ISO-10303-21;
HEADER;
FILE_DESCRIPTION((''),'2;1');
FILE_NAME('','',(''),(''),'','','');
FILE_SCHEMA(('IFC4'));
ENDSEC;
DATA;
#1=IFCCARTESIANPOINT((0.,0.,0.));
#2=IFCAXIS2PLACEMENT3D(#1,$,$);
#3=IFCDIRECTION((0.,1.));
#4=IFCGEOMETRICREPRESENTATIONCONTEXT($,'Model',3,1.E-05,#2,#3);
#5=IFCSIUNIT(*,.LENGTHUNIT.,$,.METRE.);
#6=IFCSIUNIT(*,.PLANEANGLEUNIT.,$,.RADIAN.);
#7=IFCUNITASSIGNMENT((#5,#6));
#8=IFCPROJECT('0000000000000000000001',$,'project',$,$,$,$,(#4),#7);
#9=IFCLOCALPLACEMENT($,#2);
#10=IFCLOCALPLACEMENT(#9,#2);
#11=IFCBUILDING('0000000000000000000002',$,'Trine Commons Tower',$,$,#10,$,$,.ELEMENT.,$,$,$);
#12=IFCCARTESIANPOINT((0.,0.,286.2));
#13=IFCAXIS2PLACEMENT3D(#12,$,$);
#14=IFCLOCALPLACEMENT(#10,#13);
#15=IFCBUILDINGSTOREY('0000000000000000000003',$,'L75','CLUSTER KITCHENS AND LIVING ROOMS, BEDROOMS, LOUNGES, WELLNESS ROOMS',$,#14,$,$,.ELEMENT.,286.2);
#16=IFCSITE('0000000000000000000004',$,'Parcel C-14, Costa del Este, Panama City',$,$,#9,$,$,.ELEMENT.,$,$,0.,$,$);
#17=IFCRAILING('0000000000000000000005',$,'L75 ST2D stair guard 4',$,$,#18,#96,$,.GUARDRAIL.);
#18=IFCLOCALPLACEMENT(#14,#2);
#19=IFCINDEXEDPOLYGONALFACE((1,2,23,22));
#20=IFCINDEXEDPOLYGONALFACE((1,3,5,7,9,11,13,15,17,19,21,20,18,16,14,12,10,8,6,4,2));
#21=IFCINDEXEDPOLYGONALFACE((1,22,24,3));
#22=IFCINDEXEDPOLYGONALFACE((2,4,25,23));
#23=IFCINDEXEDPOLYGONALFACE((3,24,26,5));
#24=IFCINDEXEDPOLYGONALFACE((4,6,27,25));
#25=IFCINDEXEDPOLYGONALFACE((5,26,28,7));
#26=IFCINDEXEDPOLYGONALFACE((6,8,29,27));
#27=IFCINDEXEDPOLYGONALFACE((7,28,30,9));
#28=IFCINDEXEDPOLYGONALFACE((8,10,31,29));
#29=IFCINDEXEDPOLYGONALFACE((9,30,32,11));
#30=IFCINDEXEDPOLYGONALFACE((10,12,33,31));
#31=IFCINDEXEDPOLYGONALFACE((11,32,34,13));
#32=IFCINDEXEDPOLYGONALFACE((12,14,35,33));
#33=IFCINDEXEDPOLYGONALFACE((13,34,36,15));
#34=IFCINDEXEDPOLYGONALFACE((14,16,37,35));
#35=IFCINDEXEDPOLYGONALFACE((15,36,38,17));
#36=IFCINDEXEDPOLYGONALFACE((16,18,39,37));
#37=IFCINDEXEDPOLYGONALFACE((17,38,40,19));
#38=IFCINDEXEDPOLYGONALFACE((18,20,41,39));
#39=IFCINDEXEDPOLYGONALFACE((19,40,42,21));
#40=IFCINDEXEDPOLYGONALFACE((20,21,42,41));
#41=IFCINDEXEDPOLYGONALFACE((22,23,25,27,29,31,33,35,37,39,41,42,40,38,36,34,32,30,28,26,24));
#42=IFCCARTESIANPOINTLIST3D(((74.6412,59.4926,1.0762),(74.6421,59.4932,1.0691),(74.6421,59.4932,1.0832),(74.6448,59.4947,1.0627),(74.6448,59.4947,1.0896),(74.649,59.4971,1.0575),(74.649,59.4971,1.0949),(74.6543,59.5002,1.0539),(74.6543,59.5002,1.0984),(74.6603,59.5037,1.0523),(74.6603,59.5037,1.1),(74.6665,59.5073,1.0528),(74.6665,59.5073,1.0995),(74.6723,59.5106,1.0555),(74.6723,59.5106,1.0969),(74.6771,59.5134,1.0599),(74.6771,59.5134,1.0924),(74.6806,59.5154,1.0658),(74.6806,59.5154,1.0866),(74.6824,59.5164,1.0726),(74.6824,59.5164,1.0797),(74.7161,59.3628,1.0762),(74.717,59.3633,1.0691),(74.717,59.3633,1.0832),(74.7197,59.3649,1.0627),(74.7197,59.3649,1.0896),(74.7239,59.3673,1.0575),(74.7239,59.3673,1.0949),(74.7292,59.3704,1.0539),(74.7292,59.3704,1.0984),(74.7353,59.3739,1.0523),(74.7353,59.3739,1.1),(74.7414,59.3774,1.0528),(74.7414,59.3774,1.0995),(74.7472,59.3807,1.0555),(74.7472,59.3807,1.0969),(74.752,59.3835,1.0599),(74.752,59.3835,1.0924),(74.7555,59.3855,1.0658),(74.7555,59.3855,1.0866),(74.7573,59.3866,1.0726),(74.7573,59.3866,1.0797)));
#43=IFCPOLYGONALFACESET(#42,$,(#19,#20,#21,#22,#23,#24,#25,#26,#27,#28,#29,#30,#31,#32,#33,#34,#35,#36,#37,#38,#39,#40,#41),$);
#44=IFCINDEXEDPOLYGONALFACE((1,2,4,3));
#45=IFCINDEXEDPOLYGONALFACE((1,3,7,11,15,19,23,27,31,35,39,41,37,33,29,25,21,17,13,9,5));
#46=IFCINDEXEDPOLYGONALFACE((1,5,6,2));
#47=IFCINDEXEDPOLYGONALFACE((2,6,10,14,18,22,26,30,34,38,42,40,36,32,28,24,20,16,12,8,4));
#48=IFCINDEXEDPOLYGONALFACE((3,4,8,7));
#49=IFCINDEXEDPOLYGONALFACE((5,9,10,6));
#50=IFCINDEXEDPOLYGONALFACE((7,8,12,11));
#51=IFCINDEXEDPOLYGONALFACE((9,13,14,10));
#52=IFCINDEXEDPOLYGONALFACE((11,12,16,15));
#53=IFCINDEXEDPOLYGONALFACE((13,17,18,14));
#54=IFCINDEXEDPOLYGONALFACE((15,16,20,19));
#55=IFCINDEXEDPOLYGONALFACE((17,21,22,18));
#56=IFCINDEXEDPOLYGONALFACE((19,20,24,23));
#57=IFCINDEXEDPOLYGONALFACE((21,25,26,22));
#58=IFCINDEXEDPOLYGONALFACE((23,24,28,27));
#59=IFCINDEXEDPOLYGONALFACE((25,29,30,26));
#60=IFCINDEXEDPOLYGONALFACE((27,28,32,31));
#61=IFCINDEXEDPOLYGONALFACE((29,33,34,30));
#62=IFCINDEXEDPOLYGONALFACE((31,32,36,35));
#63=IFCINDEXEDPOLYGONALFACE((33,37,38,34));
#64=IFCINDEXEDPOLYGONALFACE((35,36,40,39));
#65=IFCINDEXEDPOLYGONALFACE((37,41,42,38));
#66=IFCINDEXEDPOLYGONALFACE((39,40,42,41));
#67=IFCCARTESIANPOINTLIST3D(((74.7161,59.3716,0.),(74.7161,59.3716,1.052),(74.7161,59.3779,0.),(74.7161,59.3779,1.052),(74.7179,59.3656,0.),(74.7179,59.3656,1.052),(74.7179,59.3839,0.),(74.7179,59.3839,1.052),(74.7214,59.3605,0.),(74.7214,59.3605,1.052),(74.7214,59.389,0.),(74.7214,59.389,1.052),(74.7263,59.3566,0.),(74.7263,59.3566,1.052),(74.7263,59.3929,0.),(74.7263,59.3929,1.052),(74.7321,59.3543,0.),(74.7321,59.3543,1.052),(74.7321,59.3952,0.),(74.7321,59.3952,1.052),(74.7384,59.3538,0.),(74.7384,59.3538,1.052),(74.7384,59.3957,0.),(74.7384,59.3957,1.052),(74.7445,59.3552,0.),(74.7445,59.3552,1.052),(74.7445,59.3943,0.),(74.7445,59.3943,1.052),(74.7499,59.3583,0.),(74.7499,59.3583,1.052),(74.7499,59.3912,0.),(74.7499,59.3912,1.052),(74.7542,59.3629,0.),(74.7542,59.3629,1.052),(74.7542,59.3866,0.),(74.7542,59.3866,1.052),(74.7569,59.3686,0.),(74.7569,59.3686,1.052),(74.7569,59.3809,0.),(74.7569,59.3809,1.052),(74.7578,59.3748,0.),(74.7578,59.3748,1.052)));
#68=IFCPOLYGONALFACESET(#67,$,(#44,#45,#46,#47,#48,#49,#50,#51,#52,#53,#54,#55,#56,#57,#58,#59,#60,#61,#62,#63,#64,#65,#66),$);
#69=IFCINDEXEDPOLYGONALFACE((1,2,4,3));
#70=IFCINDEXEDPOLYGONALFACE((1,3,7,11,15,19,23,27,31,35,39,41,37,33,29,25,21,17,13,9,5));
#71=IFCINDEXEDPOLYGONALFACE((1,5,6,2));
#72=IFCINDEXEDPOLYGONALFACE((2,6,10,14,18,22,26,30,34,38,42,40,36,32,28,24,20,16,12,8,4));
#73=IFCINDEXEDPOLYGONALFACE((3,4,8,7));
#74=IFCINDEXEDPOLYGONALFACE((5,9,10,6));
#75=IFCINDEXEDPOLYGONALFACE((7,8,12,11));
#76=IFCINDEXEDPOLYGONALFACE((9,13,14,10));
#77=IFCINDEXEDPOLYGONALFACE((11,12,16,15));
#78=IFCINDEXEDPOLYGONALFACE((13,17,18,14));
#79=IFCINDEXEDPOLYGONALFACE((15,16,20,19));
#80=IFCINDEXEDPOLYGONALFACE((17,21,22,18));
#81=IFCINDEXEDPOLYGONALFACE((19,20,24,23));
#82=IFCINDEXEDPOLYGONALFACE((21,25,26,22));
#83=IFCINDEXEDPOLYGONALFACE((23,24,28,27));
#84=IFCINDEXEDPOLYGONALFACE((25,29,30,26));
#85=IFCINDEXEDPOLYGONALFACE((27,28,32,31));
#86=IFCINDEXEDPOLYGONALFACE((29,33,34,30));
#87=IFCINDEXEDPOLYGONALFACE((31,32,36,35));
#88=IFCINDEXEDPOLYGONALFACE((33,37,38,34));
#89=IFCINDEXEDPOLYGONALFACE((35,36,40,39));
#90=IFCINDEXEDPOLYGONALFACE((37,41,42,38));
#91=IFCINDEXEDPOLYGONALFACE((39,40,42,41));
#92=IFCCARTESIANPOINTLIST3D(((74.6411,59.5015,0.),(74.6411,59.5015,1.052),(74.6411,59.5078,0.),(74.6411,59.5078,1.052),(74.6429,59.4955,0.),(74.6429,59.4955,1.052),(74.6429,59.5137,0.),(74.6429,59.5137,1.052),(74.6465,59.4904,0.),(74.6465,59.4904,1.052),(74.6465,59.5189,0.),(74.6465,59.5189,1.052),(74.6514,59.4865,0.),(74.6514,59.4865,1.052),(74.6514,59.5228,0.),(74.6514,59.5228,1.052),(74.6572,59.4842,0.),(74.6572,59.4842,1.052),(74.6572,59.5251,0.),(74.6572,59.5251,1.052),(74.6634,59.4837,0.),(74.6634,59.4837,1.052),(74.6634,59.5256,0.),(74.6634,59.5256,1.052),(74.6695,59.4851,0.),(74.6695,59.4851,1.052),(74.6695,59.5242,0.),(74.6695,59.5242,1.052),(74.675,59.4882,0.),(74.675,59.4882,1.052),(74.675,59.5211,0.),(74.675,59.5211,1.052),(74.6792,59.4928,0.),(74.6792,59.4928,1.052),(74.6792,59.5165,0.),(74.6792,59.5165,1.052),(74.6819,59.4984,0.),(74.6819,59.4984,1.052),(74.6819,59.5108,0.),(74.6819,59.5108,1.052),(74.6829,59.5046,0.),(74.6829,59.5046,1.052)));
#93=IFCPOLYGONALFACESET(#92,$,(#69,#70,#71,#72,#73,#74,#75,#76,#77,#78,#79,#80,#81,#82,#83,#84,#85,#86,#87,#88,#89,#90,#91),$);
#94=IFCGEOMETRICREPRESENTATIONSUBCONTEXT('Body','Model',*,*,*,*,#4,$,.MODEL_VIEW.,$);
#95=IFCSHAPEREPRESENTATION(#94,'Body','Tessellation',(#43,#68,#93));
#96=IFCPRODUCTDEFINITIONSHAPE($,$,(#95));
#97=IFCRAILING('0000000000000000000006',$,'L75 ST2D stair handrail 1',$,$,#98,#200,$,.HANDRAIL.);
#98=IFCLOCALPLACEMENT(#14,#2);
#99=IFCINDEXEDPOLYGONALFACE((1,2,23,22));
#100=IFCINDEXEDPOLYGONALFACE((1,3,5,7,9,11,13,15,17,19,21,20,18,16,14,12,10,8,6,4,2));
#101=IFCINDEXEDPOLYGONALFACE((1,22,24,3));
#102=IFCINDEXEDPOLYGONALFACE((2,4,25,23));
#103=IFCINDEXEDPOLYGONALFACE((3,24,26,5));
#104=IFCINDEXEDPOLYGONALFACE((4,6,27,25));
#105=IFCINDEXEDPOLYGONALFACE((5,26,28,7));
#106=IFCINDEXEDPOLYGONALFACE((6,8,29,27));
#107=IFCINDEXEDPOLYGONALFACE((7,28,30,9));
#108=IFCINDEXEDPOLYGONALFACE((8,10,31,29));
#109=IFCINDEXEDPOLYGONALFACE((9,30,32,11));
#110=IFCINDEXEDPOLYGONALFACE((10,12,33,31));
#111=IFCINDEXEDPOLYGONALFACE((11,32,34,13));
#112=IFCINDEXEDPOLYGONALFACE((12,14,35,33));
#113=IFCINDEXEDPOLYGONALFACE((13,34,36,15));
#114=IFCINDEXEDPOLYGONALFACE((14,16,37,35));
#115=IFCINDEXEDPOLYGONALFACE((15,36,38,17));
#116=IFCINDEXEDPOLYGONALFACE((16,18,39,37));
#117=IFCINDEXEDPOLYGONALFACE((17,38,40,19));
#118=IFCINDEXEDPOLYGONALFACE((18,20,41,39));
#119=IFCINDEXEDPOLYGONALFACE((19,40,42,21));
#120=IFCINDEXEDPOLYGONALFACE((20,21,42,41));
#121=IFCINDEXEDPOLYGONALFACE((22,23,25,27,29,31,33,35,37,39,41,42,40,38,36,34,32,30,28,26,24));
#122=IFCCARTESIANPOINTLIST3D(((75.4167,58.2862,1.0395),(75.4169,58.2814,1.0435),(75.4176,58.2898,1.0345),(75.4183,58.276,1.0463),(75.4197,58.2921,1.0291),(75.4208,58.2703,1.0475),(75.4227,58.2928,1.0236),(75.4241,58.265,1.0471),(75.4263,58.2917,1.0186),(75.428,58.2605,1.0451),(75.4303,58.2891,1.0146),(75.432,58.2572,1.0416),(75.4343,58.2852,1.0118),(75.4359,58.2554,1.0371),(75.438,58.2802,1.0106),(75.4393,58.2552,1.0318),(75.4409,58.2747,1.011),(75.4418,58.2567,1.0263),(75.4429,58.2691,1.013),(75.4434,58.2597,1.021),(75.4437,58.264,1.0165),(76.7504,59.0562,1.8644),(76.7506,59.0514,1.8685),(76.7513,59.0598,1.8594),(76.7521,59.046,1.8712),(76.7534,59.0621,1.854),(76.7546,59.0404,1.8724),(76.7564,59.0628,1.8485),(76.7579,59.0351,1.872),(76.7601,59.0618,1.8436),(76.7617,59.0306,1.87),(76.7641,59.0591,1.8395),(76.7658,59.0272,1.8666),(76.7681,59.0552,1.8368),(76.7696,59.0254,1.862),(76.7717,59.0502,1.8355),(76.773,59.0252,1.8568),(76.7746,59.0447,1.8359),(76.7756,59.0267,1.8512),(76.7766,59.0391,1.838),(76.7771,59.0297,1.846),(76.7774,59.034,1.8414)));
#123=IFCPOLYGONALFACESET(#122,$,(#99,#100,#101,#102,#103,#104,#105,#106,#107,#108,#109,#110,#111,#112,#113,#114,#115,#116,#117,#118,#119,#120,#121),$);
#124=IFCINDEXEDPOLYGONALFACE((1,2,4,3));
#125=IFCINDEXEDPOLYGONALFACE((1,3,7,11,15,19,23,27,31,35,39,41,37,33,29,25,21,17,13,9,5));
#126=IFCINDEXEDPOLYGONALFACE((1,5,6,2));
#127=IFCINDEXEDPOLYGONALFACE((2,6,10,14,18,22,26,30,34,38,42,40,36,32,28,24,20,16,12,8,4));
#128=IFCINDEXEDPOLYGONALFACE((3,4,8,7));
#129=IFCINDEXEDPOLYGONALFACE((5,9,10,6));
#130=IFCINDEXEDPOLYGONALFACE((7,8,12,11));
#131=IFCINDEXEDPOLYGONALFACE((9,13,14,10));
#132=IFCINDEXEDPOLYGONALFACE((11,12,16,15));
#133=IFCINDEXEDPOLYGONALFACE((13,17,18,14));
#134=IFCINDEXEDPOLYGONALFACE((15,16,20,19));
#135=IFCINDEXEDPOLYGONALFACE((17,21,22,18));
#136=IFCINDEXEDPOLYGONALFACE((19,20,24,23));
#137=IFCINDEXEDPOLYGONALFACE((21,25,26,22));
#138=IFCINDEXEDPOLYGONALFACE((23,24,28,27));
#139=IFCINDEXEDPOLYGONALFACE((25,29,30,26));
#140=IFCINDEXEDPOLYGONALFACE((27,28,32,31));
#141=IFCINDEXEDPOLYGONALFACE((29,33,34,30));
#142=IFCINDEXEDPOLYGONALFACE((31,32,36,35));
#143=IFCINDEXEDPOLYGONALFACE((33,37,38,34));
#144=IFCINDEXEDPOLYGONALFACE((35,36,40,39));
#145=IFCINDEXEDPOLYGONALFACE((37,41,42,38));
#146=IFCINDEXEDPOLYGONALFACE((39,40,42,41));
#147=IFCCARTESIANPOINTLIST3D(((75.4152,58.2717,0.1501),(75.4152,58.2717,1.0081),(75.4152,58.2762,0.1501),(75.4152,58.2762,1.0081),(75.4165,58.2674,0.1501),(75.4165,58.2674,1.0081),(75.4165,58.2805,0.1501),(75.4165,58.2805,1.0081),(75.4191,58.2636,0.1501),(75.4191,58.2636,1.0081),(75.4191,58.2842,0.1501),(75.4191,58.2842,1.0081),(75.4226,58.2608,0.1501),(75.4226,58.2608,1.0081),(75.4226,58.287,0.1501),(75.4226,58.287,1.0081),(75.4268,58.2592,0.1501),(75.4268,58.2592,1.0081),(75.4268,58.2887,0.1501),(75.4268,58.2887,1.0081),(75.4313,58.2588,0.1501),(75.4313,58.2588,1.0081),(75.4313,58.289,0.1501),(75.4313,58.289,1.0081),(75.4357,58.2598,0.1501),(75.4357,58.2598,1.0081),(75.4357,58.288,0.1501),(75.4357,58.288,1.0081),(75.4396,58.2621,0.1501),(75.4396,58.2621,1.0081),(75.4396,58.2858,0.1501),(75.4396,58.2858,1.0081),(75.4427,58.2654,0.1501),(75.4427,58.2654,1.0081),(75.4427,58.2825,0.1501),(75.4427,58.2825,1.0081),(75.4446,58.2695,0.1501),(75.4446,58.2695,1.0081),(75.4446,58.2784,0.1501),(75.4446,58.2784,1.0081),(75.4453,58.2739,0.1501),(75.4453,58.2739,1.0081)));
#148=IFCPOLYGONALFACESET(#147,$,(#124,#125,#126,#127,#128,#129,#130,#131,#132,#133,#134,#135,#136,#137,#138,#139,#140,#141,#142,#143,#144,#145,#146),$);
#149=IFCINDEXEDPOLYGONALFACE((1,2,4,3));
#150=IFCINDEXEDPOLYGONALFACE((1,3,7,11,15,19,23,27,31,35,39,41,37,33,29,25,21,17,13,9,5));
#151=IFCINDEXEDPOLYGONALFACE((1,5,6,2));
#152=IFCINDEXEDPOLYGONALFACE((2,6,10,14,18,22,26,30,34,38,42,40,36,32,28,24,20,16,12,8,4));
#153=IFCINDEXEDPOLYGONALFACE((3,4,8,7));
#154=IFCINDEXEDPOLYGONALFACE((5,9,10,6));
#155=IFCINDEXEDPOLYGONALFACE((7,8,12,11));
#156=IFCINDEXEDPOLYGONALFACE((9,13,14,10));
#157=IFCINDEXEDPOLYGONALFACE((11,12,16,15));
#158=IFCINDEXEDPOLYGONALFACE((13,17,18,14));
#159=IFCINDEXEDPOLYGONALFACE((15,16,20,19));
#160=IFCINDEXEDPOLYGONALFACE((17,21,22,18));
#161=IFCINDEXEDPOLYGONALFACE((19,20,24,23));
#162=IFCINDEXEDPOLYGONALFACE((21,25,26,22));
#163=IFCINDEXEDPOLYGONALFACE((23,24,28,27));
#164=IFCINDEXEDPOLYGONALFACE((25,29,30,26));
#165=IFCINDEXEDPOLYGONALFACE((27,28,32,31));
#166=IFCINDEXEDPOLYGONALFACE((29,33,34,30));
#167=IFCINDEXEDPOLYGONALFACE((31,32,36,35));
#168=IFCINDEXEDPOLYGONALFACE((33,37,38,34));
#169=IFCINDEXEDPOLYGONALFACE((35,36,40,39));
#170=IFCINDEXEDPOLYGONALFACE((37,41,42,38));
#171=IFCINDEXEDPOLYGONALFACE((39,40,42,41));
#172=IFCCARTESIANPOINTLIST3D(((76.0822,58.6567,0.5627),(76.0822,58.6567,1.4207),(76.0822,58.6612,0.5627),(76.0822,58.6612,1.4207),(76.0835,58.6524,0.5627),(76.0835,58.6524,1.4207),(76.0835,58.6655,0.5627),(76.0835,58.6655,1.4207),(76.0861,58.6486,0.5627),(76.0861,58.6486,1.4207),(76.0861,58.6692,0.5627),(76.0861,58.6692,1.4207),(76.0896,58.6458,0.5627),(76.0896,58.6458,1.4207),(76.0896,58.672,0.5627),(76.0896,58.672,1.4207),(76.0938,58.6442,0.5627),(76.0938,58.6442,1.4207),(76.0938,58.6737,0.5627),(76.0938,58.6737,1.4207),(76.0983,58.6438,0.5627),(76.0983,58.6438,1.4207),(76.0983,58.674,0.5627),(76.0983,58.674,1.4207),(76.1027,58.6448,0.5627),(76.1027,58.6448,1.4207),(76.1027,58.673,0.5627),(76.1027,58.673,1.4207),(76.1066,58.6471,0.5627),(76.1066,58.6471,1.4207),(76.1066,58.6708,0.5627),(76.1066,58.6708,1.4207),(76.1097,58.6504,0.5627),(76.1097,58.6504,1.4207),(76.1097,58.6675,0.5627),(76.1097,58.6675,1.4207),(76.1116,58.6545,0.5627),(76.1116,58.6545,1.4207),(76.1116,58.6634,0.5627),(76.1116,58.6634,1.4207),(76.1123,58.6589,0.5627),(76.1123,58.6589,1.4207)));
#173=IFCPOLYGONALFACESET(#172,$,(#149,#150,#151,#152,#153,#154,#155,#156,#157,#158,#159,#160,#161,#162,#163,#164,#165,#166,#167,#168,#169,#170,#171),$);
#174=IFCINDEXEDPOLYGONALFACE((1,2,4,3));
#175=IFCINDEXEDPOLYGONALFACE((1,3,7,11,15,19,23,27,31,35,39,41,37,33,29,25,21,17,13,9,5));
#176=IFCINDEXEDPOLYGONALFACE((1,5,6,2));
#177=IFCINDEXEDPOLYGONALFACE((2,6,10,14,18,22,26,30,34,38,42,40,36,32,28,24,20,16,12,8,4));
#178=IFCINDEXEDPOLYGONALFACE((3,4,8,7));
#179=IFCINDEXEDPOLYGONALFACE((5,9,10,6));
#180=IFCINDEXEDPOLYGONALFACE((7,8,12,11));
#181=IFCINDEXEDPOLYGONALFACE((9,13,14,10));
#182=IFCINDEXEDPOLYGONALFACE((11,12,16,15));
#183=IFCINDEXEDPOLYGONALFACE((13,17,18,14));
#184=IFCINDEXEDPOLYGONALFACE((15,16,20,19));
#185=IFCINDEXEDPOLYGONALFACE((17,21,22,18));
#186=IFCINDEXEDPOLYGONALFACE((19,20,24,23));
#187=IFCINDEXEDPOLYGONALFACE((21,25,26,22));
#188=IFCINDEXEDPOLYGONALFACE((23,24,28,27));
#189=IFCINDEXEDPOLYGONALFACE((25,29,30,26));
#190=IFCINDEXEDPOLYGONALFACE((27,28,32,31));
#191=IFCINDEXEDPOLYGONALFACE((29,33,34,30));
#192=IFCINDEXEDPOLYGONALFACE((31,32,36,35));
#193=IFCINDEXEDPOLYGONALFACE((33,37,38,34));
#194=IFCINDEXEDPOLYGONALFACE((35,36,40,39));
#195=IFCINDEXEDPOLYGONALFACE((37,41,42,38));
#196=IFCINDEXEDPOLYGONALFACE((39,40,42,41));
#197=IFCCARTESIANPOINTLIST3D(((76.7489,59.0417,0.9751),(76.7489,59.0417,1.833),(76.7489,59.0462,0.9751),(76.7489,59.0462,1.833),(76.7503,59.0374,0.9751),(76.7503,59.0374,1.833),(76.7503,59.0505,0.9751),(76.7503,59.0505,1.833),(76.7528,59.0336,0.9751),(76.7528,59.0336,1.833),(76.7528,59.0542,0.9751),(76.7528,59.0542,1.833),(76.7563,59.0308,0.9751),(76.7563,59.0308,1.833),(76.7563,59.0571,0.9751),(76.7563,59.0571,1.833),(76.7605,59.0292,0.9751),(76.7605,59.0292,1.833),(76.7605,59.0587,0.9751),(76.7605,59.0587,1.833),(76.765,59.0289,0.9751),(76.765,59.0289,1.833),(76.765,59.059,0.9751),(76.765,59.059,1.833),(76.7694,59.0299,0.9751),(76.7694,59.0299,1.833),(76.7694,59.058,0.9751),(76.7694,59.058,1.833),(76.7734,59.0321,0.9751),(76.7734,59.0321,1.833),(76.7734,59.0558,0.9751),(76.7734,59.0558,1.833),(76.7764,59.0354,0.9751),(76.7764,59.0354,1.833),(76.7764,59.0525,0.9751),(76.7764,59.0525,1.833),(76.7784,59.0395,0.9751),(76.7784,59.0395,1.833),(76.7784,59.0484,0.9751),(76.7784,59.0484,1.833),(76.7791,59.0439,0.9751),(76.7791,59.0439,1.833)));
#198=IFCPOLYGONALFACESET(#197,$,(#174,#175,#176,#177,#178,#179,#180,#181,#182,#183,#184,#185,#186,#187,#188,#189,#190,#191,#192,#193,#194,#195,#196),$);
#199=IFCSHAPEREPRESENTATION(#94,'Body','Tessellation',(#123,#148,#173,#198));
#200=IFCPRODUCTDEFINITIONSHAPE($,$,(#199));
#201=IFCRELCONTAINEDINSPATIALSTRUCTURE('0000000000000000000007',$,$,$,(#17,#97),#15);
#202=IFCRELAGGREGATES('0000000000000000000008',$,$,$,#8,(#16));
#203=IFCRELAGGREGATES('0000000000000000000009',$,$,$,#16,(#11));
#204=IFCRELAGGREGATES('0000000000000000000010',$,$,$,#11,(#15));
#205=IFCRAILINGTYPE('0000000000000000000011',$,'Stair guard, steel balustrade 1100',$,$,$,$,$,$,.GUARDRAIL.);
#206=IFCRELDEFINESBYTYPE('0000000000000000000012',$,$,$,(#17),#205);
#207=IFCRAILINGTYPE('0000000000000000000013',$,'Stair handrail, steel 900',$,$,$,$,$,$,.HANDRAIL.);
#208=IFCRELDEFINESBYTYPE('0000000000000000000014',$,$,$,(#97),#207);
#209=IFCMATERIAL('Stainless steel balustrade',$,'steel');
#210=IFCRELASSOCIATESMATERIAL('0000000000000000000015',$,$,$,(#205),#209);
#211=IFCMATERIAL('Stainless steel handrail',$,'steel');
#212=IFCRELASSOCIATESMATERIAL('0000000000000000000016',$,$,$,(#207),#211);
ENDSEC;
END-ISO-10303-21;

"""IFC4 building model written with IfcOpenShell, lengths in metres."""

from ifc_helpers import new_model, si_unit, direction, frame, origin, origin_2d, place, context, subcontext, project, spatial, circle, extrude, material, type_object, element, save


model = new_model("IFC4")

# Units and contexts
model_context = context("Model", 3, precision=1e-05, world=origin(), true_north=direction((0.0, 1.0)))
body_context = subcontext(model_context, "Body", "Model", "MODEL_VIEW")
ifc_project = project(units=[si_unit("LENGTHUNIT", "METRE"), si_unit("PLANEANGLEUNIT", "RADIAN")], contexts=[model_context])

# Site, building, storey
site_placement = place(None, origin())
site = spatial("IfcSite", under=ifc_project, at=site_placement, Name="Parcel C-14, Costa del Este, Panama City", CompositionType="ELEMENT", RefElevation=0.0)
building_placement = place(site_placement, origin())
building = spatial("IfcBuilding", under=site, at=building_placement, Name="Trine Commons Tower", CompositionType="ELEMENT")
storey_placement = place(building_placement, frame((0.0, 0.0, 286.2)))
storey = spatial("IfcBuildingStorey", under=building, at=storey_placement, Name="L75", Description="CLUSTER KITCHENS AND LIVING ROOMS, BEDROOMS, LOUNGES, WELLNESS ROOMS", CompositionType="ELEMENT", Elevation=286.2)

# Railings
ifc_material_1 = material(Name="Stainless steel balustrade", Category="steel")
railing_type_1 = type_object("IfcRailingType", Name="Stair guard, steel balustrade 1100", PredefinedType="GUARDRAIL", material=ifc_material_1)
railing_1_placement = place(storey_placement, frame((74.7368, 59.3748, 0.0)))
element("IfcRailing", 1, at=railing_1_placement, inside=storey, type_object=railing_type_1, Name="L75 ST2D stair guard 4", PredefinedType="GUARDRAIL", context=body_context, shape_type="SweptSolid", body=[
    extrude(circle(Radius=0.0239, at=origin_2d()), frame((0.0, 0.0, 1.0762), z_axis=(-0.499816, 0.866131, 0.0), x_axis=(-0.866131, -0.499816, 0.0)), (0.0, 0.0, 1.0), 0.1499),
    extrude(circle(Radius=0.021, at=origin_2d()), origin(), (0.0, 0.0, 1.0), 1.052),
    extrude(circle(Radius=0.021, at=origin_2d()), frame((-0.075, 0.1299, 0.0)), (0.0, 0.0, 1.0), 1.052),
])
ifc_material_2 = material(Name="Stainless steel handrail", Category="steel")
railing_type_2 = type_object("IfcRailingType", Name="Stair handrail, steel 900", PredefinedType="HANDRAIL", material=ifc_material_2)
for number, where, name in (
    (2, (75.4302, 58.2739, 0.1501), "L75 ST2D stair handrail 1"),
):
    element("IfcRailing", number, at=place(storey_placement, frame(where)), inside=storey, type_object=railing_type_2, Name=name, PredefinedType="HANDRAIL", context=body_context, shape_type="SweptSolid", body=[
        extrude(circle(Radius=0.021, at=origin_2d()), frame((0.0, 0.0, 0.8789), z_axis=(0.763405, 0.440743, 0.472185), x_axis=(-0.499992, 0.86603, 0.0)), (0.0, 0.0, 1.0), 1.7471),
        extrude(circle(Radius=0.0151, at=origin_2d()), origin(), (0.0, 0.0, 1.0), 0.8579),
        extrude(circle(Radius=0.0151, at=origin_2d()), frame((0.667, 0.385, 0.4126)), (0.0, 0.0, 1.0), 0.8579),
        extrude(circle(Radius=0.0151, at=origin_2d()), frame((1.3337, 0.77, 0.825)), (0.0, 0.0, 1.0), 0.8579),
    ])

save(model, "model.ifc")
